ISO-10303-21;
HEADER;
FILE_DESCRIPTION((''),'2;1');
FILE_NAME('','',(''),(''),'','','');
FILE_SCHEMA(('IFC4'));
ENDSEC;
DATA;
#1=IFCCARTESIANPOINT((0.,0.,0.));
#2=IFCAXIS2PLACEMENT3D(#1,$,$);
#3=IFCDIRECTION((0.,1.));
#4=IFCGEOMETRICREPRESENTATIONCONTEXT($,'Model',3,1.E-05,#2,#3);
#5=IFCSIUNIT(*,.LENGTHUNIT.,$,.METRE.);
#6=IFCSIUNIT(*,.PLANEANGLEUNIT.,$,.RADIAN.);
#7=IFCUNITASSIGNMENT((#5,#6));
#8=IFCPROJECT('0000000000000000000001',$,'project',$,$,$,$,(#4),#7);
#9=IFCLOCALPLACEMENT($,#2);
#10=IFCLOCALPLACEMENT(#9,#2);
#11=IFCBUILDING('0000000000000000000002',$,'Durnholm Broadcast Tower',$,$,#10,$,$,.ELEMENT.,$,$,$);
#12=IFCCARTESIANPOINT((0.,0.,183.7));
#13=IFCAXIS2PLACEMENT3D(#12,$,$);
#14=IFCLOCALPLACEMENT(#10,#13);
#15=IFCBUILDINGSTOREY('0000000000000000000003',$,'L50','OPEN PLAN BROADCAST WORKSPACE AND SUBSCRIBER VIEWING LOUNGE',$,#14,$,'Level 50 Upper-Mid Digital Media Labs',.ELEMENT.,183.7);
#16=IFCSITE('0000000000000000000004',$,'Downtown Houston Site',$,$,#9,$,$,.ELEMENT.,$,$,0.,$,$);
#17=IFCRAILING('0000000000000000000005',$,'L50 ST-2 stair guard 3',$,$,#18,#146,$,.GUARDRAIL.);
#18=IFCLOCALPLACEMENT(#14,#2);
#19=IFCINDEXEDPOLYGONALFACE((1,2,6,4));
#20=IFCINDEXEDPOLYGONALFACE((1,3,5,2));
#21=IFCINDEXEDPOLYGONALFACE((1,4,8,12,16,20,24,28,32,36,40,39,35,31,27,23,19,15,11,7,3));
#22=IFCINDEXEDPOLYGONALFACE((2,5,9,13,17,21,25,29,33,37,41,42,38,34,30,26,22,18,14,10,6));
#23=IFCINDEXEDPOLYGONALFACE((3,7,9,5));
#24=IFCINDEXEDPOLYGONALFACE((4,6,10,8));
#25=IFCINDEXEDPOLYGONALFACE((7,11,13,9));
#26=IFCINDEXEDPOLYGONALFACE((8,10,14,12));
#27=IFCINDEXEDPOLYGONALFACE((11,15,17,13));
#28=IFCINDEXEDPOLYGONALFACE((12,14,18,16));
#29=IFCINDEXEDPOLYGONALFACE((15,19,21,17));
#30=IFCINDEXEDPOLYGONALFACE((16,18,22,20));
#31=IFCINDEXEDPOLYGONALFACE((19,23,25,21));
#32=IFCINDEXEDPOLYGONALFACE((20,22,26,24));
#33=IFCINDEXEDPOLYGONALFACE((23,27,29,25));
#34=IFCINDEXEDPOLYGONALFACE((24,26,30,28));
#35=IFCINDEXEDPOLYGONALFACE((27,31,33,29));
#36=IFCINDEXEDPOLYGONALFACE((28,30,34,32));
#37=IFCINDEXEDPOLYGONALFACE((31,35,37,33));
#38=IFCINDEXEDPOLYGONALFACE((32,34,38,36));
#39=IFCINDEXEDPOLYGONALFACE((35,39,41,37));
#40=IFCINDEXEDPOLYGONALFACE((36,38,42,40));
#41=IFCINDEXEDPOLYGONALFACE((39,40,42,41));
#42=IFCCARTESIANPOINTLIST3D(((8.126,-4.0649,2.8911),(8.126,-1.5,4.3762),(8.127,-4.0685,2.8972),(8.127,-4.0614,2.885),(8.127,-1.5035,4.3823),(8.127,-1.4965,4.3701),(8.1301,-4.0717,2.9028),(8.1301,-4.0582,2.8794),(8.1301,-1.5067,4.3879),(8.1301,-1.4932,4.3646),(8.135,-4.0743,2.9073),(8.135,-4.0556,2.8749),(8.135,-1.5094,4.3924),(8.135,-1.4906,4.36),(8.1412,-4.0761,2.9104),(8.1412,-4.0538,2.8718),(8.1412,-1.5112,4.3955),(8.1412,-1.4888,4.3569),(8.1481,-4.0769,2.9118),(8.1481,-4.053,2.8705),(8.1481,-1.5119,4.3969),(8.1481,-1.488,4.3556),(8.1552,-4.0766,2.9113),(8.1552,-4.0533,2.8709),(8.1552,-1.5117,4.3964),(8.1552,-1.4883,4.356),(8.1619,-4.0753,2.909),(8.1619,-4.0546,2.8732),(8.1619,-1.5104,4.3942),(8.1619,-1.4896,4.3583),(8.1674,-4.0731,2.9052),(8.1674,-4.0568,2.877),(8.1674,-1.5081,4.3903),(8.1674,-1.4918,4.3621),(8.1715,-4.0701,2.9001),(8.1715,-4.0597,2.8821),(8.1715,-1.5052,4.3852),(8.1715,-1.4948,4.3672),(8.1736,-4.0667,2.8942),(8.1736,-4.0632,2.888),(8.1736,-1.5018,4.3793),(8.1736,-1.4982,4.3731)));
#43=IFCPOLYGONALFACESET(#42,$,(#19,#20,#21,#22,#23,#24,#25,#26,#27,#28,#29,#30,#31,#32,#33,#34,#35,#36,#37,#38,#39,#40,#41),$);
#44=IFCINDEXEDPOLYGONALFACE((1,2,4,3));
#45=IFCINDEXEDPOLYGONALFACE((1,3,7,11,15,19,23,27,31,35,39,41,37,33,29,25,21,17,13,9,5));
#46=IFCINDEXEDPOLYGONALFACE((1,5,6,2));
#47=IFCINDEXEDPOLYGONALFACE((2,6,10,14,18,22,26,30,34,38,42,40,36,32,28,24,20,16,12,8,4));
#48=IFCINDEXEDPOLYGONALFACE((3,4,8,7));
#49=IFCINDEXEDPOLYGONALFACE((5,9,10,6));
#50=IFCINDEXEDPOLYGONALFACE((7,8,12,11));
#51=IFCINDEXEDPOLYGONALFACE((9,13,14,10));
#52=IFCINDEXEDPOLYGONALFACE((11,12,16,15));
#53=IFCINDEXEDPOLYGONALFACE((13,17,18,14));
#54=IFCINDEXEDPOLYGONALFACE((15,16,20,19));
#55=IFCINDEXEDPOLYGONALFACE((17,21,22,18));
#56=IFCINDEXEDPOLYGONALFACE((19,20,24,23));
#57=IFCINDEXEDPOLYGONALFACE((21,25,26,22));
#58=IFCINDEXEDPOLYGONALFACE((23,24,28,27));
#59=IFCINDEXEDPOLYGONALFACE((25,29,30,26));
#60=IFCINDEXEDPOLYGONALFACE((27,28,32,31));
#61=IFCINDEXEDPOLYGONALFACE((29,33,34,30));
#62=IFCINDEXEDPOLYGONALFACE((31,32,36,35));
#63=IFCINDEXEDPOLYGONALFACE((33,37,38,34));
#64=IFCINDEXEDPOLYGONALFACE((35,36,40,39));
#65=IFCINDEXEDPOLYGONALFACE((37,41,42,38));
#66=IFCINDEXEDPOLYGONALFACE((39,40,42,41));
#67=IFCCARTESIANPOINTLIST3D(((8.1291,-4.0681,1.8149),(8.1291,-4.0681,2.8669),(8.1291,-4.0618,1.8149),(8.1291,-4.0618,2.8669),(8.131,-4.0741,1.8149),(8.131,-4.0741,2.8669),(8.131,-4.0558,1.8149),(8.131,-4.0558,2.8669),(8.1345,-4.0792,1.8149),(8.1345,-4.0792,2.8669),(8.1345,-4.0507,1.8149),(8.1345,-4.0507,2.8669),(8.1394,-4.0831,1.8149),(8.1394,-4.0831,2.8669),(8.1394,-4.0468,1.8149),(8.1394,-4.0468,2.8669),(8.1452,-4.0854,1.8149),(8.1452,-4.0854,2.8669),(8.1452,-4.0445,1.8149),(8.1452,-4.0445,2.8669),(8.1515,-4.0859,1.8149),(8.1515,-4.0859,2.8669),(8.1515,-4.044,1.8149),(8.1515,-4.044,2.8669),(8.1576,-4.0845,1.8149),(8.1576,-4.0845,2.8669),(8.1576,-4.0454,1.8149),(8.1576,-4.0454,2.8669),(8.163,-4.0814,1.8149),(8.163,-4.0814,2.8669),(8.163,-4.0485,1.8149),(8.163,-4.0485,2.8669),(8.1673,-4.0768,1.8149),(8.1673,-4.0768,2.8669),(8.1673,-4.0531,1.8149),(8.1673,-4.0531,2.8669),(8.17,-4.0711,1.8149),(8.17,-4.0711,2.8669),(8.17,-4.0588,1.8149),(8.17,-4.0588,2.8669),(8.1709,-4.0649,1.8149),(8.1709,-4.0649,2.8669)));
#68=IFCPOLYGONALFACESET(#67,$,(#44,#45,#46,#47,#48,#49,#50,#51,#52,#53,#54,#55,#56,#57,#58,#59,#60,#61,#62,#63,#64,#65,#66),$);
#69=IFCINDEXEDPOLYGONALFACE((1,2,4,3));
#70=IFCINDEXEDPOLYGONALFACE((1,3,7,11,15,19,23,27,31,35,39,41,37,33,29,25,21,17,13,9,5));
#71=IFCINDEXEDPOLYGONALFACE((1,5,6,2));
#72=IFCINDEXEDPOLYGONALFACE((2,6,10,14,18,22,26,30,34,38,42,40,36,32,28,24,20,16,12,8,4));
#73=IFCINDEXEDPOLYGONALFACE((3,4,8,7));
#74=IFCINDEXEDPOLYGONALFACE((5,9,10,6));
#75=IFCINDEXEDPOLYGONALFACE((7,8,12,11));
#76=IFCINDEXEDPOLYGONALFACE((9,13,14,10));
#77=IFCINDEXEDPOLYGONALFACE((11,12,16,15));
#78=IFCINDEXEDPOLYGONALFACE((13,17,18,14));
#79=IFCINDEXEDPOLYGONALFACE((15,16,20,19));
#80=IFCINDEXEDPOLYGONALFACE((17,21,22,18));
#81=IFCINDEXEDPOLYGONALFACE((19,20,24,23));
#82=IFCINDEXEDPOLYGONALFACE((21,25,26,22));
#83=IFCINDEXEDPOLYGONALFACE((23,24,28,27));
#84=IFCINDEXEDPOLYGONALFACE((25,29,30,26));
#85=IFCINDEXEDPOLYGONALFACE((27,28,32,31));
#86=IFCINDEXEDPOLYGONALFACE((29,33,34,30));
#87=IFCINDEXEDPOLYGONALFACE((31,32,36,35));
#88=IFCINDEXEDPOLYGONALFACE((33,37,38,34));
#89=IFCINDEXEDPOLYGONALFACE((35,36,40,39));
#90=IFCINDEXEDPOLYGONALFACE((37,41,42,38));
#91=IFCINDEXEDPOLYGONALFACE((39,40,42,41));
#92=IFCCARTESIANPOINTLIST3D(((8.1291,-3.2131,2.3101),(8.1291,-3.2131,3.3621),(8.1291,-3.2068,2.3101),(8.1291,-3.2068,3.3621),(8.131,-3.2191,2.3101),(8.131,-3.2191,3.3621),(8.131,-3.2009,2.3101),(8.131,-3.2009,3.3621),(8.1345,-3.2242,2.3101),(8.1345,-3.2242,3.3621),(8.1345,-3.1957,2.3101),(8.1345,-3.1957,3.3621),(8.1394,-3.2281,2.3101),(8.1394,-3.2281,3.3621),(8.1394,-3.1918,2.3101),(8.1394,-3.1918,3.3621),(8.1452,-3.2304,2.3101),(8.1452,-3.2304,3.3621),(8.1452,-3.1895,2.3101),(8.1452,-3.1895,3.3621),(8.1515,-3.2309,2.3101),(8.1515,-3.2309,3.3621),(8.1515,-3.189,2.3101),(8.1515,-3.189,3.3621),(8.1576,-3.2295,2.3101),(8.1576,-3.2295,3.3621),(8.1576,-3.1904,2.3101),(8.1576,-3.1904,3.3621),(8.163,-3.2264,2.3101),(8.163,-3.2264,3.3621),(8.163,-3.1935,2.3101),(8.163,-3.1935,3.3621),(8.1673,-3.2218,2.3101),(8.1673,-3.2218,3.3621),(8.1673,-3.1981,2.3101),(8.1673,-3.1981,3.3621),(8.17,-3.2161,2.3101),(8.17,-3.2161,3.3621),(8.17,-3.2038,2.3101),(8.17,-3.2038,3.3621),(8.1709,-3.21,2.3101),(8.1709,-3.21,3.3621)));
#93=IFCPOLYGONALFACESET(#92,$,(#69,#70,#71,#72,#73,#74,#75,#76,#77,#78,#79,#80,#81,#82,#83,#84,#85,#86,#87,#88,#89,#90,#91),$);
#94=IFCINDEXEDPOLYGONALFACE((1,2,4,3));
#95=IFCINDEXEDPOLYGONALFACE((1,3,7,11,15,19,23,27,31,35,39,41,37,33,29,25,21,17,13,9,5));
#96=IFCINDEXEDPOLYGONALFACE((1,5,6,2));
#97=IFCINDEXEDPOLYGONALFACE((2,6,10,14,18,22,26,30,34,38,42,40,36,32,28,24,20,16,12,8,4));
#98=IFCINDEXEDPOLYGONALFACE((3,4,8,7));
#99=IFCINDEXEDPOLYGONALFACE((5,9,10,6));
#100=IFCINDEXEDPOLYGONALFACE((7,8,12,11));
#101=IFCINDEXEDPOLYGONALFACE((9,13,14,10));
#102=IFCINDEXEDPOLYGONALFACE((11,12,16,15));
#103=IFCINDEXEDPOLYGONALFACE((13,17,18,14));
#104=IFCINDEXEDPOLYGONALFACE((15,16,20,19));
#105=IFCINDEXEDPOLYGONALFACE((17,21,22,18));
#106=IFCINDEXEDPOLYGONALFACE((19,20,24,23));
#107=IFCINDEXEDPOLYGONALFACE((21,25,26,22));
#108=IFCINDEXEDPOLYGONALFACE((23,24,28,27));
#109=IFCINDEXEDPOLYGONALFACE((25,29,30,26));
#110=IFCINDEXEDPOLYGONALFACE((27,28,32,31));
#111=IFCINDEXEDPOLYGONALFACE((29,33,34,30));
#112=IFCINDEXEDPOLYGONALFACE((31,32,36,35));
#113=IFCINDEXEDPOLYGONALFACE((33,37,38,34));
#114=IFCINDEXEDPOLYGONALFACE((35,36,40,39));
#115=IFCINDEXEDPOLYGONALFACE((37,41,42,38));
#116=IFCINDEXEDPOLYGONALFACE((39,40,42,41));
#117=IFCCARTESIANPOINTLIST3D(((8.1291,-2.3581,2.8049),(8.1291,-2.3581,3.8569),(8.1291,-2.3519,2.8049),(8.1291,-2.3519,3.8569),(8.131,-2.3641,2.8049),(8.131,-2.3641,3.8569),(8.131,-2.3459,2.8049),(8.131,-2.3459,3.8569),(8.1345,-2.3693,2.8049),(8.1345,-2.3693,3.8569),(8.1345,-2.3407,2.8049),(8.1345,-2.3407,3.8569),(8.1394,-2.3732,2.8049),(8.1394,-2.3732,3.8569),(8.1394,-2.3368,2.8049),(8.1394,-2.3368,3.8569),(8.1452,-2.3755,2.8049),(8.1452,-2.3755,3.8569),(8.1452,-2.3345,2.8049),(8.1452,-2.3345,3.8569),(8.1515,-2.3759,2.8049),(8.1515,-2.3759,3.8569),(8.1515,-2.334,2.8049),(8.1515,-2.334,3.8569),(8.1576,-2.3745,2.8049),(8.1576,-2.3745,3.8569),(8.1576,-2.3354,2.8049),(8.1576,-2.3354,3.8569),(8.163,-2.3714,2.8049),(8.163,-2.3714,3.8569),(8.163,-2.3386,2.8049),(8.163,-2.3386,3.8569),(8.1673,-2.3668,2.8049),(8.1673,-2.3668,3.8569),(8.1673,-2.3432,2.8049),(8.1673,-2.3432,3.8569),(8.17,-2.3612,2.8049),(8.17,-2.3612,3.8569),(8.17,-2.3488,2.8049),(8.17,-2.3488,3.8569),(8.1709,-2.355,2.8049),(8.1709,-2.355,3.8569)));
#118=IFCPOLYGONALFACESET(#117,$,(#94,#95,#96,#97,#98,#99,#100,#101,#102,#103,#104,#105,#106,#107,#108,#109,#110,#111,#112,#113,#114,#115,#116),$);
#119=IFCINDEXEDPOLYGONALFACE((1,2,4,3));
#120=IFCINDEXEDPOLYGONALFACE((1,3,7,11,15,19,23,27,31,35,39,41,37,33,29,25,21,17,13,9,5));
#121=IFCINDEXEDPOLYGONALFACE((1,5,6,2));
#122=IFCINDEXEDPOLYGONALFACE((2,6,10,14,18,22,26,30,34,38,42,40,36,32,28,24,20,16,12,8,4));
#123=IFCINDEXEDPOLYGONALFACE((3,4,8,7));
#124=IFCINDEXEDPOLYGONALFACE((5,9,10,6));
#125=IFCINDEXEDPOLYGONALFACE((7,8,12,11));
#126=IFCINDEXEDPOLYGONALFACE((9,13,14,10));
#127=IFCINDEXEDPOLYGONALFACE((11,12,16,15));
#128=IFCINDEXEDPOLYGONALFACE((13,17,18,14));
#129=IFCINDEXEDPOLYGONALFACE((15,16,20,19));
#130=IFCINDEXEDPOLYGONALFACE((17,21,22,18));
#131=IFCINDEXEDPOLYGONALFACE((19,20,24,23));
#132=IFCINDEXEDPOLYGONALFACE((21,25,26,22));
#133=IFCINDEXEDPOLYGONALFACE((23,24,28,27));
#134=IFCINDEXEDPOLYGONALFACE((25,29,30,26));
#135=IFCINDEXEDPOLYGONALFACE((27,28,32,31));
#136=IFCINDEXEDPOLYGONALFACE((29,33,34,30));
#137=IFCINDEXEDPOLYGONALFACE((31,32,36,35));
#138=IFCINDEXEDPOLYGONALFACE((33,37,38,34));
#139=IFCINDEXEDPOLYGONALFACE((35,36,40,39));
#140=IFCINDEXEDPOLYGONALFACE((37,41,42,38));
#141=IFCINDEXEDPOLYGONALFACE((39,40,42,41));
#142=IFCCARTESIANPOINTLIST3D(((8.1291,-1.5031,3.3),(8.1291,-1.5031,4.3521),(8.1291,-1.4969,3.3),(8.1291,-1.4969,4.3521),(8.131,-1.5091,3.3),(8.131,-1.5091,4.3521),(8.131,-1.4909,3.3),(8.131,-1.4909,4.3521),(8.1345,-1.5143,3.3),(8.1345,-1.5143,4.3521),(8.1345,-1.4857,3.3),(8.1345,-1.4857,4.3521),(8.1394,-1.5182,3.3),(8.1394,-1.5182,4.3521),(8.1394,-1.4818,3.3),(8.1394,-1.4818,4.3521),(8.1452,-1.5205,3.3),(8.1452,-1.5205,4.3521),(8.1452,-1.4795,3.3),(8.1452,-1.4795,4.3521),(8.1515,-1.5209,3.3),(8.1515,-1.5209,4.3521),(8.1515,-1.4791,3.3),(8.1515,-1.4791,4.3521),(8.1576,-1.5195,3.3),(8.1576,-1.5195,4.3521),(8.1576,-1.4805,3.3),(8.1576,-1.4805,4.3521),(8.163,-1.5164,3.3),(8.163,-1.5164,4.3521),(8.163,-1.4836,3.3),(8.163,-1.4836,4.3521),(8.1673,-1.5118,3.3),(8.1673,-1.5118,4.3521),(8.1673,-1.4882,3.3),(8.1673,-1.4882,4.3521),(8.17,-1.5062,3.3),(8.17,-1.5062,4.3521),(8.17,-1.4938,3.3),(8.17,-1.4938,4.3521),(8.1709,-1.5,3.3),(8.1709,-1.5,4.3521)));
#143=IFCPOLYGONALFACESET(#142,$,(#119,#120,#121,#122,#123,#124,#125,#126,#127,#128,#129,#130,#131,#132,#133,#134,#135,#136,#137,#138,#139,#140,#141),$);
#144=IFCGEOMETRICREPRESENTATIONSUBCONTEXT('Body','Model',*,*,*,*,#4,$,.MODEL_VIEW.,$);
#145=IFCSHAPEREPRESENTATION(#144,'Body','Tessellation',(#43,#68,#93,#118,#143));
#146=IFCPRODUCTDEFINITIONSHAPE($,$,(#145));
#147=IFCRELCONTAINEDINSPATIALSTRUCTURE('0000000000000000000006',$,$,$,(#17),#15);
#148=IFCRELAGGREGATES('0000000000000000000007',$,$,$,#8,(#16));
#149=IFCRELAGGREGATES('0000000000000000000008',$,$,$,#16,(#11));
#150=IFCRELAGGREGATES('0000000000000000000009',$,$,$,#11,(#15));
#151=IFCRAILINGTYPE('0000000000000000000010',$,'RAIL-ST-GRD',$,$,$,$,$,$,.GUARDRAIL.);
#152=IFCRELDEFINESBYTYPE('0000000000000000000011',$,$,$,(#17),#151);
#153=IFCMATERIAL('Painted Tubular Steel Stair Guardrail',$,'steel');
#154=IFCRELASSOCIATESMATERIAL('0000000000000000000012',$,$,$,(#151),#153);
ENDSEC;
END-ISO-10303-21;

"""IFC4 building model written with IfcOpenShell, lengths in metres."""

from ifc_helpers import new_model, si_unit, direction, frame, origin, origin_2d, place, context, subcontext, project, spatial, circle, extrude, material, type_object, element, save


model = new_model("IFC4")

# Units and contexts
model_context = context("Model", 3, precision=1e-05, world=origin(), true_north=direction((0.0, 1.0)))
body_context = subcontext(model_context, "Body", "Model", "MODEL_VIEW")
ifc_project = project(units=[si_unit("LENGTHUNIT", "METRE"), si_unit("PLANEANGLEUNIT", "RADIAN")], contexts=[model_context])

# Site, building, storey
site_placement = place(None, origin())
site = spatial("IfcSite", under=ifc_project, at=site_placement, Name="Downtown Houston Site", CompositionType="ELEMENT", RefElevation=0.0)
building_placement = place(site_placement, origin())
building = spatial("IfcBuilding", under=site, at=building_placement, Name="Durnholm Broadcast Tower", CompositionType="ELEMENT")
storey_placement = place(building_placement, frame((0.0, 0.0, 183.7)))
storey = spatial("IfcBuildingStorey", under=building, at=storey_placement, Name="L50", Description="OPEN PLAN BROADCAST WORKSPACE AND SUBSCRIBER VIEWING LOUNGE", LongName="Level 50 Upper-Mid Digital Media Labs", CompositionType="ELEMENT", Elevation=183.7)

# Railing
ifc_material_1 = material(Name="Painted Tubular Steel Stair Guardrail", Category="steel")
railing_type_1 = type_object("IfcRailingType", Name="RAIL-ST-GRD", PredefinedType="GUARDRAIL", material=ifc_material_1)
railing_1_placement = place(storey_placement, frame((8.1499, -4.0649, 1.8149)))
element("IfcRailing", 1, at=railing_1_placement, inside=storey, type_object=railing_type_1, Name="L50 ST-2 stair guard 3", PredefinedType="GUARDRAIL", context=body_context, shape_type="SweptSolid", body=[
    extrude(circle(Radius=0.0239, at=origin_2d()), frame((0.0, 0.0, 1.0762), z_axis=(0.0, 0.865406, 0.501072), x_axis=(-1.0, 0.0, 0.0)), (0.0, 0.0, 1.0), 2.9639),
    extrude(circle(Radius=0.021, at=origin_2d()), origin(), (0.0, 0.0, 1.0), 1.052),
    extrude(circle(Radius=0.021, at=origin_2d()), frame((0.0, 0.855, 0.4951)), (0.0, 0.0, 1.0), 1.052),
    extrude(circle(Radius=0.021, at=origin_2d()), frame((0.0, 1.71, 0.99)), (0.0, 0.0, 1.0), 1.052),
    extrude(circle(Radius=0.021, at=origin_2d()), frame((0.0, 2.5649, 1.4851)), (0.0, 0.0, 1.0), 1.052),
])

save(model, "model.ifc")
